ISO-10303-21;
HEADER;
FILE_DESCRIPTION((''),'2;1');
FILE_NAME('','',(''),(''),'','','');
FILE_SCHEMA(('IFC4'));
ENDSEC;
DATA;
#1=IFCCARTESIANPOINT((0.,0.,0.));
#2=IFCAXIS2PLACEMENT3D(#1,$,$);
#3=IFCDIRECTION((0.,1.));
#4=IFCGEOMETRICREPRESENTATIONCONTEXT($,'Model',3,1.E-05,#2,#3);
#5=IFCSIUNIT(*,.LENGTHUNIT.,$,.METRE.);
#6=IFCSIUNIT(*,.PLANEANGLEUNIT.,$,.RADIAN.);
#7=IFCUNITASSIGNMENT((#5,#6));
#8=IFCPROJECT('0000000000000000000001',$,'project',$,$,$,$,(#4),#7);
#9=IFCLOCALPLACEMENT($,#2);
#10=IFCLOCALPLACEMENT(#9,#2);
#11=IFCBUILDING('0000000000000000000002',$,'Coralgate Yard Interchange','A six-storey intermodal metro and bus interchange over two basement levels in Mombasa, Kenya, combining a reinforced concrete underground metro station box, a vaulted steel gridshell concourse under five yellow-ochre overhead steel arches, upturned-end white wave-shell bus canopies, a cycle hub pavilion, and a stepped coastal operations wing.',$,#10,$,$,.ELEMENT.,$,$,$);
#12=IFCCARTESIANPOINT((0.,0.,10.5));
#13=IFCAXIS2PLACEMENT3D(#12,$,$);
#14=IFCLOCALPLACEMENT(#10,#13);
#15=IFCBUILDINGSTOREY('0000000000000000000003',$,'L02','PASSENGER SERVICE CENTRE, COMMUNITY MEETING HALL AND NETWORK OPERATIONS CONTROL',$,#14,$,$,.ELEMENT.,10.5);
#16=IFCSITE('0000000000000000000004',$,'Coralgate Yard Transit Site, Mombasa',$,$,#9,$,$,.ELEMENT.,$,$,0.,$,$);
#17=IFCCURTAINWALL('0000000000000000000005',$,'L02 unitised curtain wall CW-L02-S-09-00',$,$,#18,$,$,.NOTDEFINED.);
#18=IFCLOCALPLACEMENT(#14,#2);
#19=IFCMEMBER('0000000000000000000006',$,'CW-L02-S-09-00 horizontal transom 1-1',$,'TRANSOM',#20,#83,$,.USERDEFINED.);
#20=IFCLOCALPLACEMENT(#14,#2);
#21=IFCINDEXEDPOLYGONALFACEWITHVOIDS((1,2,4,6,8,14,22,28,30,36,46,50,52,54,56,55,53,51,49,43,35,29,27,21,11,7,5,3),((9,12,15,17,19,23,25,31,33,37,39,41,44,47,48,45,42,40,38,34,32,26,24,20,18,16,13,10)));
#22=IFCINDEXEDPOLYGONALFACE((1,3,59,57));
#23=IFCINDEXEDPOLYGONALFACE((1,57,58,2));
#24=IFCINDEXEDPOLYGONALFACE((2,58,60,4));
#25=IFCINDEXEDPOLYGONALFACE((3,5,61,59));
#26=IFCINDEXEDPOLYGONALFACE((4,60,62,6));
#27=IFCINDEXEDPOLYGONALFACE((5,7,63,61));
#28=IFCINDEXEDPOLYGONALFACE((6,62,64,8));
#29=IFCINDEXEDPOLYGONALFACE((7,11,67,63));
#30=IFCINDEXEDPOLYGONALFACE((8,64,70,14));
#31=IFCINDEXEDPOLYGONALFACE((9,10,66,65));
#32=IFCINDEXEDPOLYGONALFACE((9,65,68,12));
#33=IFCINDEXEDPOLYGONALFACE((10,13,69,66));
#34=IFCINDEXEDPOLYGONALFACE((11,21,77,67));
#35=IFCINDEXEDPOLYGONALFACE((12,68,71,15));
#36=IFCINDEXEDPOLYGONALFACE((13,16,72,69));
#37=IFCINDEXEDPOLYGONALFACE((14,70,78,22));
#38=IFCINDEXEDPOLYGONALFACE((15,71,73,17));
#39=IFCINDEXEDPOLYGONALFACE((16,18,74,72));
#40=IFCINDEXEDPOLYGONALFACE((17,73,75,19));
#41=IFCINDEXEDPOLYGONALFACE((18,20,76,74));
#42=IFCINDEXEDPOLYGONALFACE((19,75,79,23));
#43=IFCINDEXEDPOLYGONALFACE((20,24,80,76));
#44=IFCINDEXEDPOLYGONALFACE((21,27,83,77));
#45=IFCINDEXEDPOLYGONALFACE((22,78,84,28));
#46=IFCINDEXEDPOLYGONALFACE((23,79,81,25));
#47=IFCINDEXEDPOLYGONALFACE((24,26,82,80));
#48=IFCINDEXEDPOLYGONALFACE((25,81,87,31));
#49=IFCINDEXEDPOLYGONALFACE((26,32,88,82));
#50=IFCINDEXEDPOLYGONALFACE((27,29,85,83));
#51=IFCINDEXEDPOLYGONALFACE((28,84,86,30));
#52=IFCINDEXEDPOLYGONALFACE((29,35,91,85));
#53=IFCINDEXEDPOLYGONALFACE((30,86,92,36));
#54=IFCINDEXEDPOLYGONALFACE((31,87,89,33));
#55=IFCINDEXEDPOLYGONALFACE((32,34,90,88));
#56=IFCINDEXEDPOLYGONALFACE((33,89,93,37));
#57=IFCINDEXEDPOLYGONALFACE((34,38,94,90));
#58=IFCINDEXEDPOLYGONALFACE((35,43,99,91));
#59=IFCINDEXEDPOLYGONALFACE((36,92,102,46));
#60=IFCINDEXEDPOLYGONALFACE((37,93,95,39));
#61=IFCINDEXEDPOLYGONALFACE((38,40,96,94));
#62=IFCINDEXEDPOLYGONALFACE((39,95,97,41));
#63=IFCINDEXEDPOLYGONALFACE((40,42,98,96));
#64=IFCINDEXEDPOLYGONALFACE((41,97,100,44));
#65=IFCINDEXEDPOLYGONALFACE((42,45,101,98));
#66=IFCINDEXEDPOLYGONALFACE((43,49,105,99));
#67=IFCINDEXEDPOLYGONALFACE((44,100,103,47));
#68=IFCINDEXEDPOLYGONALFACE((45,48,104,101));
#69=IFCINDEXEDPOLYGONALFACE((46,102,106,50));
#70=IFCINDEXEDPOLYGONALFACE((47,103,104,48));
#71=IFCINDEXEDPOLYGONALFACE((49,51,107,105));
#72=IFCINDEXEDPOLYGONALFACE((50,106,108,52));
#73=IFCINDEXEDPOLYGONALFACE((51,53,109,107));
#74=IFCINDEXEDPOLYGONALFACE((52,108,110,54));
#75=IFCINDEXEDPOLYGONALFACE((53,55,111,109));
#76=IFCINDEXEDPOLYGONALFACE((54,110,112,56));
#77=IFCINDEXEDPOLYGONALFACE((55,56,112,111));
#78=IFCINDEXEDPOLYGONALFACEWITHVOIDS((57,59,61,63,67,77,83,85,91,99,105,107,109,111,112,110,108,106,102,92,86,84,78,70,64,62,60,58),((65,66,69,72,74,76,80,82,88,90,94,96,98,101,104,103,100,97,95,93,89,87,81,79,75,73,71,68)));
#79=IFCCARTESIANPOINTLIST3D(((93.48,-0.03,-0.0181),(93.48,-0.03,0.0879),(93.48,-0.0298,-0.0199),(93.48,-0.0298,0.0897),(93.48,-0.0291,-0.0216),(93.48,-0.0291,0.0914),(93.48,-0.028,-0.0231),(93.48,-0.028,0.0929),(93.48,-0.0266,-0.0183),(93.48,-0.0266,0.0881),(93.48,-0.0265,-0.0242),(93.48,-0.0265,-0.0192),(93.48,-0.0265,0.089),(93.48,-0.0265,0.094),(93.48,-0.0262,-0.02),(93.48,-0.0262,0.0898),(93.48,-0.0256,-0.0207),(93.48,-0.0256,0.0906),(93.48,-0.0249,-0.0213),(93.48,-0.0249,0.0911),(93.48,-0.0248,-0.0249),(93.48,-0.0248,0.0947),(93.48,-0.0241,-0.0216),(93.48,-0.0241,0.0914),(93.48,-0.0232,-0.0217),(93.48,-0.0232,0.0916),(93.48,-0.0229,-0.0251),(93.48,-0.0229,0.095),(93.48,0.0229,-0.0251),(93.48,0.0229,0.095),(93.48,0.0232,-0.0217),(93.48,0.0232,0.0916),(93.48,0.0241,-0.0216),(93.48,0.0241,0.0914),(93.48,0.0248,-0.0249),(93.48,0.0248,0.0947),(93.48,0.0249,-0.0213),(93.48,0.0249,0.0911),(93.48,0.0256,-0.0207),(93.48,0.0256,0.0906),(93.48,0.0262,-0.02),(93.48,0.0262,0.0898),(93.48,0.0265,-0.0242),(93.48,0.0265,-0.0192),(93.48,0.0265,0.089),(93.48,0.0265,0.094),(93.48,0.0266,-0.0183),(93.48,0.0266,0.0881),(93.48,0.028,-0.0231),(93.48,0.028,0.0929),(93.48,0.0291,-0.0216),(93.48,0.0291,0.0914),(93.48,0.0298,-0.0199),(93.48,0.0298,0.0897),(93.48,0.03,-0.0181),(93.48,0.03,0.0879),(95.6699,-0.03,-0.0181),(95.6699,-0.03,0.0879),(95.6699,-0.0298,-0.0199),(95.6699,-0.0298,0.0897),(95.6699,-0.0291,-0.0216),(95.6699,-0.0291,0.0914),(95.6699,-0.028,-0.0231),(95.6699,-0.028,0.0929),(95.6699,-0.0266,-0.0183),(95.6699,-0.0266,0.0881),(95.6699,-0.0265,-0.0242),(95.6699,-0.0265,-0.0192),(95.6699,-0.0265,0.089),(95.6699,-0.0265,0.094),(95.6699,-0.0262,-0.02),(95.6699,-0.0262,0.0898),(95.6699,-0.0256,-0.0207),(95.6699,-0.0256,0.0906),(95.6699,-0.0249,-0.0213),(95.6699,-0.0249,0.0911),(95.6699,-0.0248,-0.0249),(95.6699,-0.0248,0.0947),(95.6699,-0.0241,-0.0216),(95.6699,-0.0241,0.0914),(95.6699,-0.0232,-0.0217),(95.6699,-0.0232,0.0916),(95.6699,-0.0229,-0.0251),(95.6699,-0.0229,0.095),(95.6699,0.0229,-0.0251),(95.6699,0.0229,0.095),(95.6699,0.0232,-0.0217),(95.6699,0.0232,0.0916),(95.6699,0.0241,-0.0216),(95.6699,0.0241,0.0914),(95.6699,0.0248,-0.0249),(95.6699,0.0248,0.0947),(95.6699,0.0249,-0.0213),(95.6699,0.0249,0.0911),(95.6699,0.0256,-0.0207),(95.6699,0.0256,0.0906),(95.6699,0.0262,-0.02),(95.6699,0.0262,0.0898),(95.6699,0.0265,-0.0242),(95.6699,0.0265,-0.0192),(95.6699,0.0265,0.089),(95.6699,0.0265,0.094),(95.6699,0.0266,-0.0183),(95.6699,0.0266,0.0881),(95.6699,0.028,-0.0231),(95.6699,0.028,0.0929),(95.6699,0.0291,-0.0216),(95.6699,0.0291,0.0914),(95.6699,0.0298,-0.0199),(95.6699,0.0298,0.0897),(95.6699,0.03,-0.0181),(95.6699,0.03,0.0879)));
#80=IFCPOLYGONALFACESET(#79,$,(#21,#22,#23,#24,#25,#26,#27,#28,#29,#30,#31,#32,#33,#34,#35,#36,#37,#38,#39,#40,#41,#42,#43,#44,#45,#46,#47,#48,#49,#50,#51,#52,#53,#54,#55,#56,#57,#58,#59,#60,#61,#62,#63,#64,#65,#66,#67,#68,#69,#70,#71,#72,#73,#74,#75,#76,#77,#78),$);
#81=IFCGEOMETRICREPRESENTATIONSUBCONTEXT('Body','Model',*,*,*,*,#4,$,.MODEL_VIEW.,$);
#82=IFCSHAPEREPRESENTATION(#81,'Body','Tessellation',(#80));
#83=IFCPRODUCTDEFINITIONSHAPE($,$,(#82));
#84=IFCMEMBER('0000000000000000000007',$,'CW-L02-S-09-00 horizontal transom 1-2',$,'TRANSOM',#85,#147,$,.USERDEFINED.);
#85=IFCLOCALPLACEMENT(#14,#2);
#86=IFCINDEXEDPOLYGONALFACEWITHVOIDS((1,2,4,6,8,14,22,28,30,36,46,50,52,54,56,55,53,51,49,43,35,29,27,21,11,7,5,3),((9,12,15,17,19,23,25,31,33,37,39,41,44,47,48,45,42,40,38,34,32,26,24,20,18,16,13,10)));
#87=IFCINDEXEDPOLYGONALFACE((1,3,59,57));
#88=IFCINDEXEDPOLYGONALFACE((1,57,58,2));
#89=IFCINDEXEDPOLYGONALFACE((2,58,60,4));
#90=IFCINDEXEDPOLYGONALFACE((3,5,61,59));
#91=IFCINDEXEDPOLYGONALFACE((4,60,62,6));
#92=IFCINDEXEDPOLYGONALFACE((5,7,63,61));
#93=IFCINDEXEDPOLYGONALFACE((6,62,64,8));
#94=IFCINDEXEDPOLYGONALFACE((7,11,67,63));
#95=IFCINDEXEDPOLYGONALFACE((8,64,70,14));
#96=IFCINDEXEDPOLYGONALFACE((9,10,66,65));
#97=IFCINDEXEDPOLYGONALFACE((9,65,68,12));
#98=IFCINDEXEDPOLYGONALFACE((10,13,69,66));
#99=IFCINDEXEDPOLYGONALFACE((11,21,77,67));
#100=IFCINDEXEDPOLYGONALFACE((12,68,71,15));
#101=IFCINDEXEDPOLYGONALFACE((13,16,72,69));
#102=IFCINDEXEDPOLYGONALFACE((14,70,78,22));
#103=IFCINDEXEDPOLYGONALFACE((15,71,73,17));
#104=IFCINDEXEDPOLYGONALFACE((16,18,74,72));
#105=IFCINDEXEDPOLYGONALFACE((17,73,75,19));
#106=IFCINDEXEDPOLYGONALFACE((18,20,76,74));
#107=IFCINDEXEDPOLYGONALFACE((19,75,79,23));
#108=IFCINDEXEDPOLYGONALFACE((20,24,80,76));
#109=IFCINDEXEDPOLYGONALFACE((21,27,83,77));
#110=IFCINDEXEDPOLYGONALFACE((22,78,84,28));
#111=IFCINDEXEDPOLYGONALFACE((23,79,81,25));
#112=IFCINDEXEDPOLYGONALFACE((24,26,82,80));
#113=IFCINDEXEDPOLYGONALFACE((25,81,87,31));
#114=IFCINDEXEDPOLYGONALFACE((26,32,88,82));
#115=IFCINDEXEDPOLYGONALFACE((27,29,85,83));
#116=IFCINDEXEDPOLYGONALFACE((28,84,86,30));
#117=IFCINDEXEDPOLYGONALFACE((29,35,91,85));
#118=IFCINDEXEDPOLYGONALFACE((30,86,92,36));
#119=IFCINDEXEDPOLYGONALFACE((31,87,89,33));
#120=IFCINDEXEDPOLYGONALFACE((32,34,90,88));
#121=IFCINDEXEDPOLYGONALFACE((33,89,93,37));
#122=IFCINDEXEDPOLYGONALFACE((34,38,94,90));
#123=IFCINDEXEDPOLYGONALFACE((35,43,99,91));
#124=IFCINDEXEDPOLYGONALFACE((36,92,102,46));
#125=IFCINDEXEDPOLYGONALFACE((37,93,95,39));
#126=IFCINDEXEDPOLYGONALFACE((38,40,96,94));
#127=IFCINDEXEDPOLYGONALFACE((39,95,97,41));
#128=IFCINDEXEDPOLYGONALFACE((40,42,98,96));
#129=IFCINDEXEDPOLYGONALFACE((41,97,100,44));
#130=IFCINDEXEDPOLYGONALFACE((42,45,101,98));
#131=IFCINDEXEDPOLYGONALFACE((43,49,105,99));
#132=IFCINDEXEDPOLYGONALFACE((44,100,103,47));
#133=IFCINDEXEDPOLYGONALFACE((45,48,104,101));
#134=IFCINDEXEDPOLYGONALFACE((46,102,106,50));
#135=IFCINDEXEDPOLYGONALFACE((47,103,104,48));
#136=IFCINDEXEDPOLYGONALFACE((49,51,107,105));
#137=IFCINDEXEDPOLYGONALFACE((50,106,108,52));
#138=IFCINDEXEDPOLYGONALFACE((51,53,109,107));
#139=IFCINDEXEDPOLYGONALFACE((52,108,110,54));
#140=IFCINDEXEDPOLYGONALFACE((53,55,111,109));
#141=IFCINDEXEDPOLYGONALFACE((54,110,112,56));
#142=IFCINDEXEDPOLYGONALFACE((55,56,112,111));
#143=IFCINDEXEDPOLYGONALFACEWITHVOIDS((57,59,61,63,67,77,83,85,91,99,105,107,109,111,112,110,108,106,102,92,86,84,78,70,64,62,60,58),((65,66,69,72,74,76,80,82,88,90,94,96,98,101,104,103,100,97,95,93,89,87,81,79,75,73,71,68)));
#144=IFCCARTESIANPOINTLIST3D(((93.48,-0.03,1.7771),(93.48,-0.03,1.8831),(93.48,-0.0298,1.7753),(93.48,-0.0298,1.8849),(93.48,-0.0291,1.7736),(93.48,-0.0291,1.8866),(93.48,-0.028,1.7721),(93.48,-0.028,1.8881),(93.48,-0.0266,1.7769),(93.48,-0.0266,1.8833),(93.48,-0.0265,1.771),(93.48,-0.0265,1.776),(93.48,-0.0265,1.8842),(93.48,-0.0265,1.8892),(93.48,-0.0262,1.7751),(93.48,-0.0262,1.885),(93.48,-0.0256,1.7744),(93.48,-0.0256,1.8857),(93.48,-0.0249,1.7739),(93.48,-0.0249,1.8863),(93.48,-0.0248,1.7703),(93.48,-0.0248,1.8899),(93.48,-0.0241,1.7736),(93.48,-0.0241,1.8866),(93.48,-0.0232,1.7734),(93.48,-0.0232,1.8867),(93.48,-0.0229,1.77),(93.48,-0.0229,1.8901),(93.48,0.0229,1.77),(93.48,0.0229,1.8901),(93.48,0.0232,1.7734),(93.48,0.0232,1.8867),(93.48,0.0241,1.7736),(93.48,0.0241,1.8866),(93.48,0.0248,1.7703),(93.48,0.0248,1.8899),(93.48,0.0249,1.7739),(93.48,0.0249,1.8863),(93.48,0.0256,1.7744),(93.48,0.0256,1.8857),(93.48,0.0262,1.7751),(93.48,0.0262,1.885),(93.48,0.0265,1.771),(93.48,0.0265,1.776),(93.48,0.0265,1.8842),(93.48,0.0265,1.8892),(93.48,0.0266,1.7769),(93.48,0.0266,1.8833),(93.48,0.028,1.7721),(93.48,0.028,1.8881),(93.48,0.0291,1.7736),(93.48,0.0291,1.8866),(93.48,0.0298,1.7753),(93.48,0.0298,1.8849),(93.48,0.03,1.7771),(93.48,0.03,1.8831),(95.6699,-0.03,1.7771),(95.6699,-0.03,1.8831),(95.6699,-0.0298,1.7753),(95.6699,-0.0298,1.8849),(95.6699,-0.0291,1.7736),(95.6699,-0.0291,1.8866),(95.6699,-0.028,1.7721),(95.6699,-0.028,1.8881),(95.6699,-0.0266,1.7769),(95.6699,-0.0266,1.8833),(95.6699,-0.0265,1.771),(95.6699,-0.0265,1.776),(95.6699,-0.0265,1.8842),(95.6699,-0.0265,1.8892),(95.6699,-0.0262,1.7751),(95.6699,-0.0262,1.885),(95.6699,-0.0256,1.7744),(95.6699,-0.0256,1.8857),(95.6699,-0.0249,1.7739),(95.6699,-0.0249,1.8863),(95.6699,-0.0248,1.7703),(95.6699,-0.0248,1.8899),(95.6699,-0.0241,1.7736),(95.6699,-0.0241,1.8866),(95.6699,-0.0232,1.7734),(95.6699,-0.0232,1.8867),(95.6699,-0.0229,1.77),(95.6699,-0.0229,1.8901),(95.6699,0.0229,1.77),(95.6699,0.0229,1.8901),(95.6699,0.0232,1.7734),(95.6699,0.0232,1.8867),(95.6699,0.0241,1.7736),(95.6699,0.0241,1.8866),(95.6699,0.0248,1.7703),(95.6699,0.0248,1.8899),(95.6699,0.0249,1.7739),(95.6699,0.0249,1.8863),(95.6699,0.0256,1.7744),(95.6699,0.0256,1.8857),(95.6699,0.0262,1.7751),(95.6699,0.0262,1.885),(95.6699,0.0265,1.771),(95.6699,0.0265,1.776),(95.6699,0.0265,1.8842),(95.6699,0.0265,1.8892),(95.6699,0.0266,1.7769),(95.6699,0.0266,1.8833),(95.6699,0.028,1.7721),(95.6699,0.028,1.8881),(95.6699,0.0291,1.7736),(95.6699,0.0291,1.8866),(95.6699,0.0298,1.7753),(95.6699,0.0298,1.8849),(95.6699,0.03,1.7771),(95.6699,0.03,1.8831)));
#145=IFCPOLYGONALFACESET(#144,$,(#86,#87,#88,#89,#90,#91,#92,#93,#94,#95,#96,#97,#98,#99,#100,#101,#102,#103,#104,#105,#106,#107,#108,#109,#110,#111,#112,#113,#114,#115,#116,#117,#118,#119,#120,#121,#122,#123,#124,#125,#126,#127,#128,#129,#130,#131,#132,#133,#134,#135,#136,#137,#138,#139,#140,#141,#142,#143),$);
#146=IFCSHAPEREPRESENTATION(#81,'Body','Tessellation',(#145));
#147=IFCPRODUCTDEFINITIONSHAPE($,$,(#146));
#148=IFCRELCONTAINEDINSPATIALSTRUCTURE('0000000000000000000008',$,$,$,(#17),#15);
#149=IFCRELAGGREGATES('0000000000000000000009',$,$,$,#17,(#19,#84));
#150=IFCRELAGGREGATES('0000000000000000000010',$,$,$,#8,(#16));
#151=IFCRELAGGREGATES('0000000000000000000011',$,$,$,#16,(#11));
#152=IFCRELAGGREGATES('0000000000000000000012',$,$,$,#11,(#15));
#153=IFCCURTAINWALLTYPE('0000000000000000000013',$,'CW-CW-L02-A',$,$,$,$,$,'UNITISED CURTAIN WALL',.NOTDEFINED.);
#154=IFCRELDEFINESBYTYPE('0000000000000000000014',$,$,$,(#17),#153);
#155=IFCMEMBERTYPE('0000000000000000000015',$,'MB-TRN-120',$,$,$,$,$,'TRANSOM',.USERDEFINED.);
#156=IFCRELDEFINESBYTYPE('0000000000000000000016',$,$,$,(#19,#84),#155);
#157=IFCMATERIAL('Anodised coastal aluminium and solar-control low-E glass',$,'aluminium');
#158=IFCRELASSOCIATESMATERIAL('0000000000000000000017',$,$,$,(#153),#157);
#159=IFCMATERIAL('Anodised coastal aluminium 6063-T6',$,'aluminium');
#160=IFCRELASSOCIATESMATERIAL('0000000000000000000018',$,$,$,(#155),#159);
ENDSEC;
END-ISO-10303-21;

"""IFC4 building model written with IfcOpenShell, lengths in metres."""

from ifc_helpers import new_model, si_unit, direction, frame, origin, origin_2d, place, context, subcontext, project, spatial, hollow_rectangle, extrude, material, material_profile, profile_set, type_object, element, aggregate, save


model = new_model("IFC4")

# Units and contexts
model_context = context("Model", 3, precision=1e-05, world=origin(), true_north=direction((0.0, 1.0)))
body_context = subcontext(model_context, "Body", "Model", "MODEL_VIEW")
ifc_project = project(units=[si_unit("LENGTHUNIT", "METRE"), si_unit("PLANEANGLEUNIT", "RADIAN")], contexts=[model_context])

# Site, building, storey
site_placement = place(None, origin())
site = spatial("IfcSite", under=ifc_project, at=site_placement, Name="Coralgate Yard Transit Site, Mombasa", CompositionType="ELEMENT", RefElevation=0.0)
building_placement = place(site_placement, origin())
building = spatial("IfcBuilding", under=site, at=building_placement, Name="Coralgate Yard Interchange", Description="A six-storey intermodal metro and bus interchange over two basement levels in Mombasa, Kenya, combining a reinforced concrete underground metro station box, a vaulted steel gridshell concourse under five yellow-ochre overhead steel arches, upturned-end white wave-shell bus canopies, a cycle hub pavilion, and a stepped coastal operations wing.", CompositionType="ELEMENT")
storey_placement = place(building_placement, frame((0.0, 0.0, 10.5)))
storey = spatial("IfcBuildingStorey", under=building, at=storey_placement, Name="L02", Description="PASSENGER SERVICE CENTRE, COMMUNITY MEETING HALL AND NETWORK OPERATIONS CONTROL", CompositionType="ELEMENT", Elevation=10.5)

# Curtain wall
ifc_material_1 = material(Name="Anodised coastal aluminium and solar-control low-E glass", Category="aluminium")
curtain_wall_type = type_object("IfcCurtainWallType", Name="CW-CW-L02-A", ElementType="UNITISED CURTAIN WALL", PredefinedType="NOTDEFINED", material=ifc_material_1)
curtain_wall_1_placement = place(storey_placement, origin())
curtain_wall_1 = element("IfcCurtainWall", 1, at=curtain_wall_1_placement, inside=storey, type_object=curtain_wall_type, Name="L02 unitised curtain wall CW-L02-S-09-00", PredefinedType="NOTDEFINED")
ifc_material_2 = material(Name="Anodised coastal aluminium 6063-T6", Category="aluminium")

# Members
ifc_material_profile_1 = material_profile(ifc_material_2, hollow_rectangle(XDim=0.0601, YDim=0.1201, WallThickness=0.0034, InnerFilletRadius=0.0034, OuterFilletRadius=0.0071, at=origin_2d()), Name="ALU 60x120x3.5")
ifc_profile_set_1 = profile_set([ifc_material_profile_1], Name="Anodised coastal aluminium 6063-T6")
member_type_1 = type_object("IfcMemberType", Name="MB-TRN-120", ElementType="TRANSOM", PredefinedType="USERDEFINED", material=ifc_profile_set_1)
member_1_placement = place(storey_placement, frame((95.6699, 0.0, 0.0349), z_axis=(-1.0, 0.0, 0.0), x_axis=(0.0, -1.0, 0.0)))
member_1 = element("IfcMember", 2, at=member_1_placement, type_object=member_type_1, Name="CW-L02-S-09-00 horizontal transom 1-1", ObjectType="TRANSOM", PredefinedType="USERDEFINED", context=body_context, shape_type="SweptSolid", body=[
    extrude(hollow_rectangle(XDim=0.0601, YDim=0.1201, WallThickness=0.0034, InnerFilletRadius=0.0034, OuterFilletRadius=0.0071, at=origin_2d()), origin(), (0.0, 0.0, 1.0), 2.1899),
])
member_2_placement = place(storey_placement, frame((95.6699, 0.0, 1.8301), z_axis=(-1.0, 0.0, 0.0), x_axis=(0.0, -1.0, 0.0)))
member_2 = element("IfcMember", 3, at=member_2_placement, type_object=member_type_1, Name="CW-L02-S-09-00 horizontal transom 1-2", ObjectType="TRANSOM", PredefinedType="USERDEFINED", context=body_context, shape_type="SweptSolid", body=[
    extrude(hollow_rectangle(XDim=0.0601, YDim=0.1201, WallThickness=0.0034, InnerFilletRadius=0.0034, OuterFilletRadius=0.0071, at=origin_2d()), origin(), (0.0, 0.0, 1.0), 2.1899),
])
aggregate(curtain_wall_1, [member_1, member_2])

save(model, "model.ifc")
